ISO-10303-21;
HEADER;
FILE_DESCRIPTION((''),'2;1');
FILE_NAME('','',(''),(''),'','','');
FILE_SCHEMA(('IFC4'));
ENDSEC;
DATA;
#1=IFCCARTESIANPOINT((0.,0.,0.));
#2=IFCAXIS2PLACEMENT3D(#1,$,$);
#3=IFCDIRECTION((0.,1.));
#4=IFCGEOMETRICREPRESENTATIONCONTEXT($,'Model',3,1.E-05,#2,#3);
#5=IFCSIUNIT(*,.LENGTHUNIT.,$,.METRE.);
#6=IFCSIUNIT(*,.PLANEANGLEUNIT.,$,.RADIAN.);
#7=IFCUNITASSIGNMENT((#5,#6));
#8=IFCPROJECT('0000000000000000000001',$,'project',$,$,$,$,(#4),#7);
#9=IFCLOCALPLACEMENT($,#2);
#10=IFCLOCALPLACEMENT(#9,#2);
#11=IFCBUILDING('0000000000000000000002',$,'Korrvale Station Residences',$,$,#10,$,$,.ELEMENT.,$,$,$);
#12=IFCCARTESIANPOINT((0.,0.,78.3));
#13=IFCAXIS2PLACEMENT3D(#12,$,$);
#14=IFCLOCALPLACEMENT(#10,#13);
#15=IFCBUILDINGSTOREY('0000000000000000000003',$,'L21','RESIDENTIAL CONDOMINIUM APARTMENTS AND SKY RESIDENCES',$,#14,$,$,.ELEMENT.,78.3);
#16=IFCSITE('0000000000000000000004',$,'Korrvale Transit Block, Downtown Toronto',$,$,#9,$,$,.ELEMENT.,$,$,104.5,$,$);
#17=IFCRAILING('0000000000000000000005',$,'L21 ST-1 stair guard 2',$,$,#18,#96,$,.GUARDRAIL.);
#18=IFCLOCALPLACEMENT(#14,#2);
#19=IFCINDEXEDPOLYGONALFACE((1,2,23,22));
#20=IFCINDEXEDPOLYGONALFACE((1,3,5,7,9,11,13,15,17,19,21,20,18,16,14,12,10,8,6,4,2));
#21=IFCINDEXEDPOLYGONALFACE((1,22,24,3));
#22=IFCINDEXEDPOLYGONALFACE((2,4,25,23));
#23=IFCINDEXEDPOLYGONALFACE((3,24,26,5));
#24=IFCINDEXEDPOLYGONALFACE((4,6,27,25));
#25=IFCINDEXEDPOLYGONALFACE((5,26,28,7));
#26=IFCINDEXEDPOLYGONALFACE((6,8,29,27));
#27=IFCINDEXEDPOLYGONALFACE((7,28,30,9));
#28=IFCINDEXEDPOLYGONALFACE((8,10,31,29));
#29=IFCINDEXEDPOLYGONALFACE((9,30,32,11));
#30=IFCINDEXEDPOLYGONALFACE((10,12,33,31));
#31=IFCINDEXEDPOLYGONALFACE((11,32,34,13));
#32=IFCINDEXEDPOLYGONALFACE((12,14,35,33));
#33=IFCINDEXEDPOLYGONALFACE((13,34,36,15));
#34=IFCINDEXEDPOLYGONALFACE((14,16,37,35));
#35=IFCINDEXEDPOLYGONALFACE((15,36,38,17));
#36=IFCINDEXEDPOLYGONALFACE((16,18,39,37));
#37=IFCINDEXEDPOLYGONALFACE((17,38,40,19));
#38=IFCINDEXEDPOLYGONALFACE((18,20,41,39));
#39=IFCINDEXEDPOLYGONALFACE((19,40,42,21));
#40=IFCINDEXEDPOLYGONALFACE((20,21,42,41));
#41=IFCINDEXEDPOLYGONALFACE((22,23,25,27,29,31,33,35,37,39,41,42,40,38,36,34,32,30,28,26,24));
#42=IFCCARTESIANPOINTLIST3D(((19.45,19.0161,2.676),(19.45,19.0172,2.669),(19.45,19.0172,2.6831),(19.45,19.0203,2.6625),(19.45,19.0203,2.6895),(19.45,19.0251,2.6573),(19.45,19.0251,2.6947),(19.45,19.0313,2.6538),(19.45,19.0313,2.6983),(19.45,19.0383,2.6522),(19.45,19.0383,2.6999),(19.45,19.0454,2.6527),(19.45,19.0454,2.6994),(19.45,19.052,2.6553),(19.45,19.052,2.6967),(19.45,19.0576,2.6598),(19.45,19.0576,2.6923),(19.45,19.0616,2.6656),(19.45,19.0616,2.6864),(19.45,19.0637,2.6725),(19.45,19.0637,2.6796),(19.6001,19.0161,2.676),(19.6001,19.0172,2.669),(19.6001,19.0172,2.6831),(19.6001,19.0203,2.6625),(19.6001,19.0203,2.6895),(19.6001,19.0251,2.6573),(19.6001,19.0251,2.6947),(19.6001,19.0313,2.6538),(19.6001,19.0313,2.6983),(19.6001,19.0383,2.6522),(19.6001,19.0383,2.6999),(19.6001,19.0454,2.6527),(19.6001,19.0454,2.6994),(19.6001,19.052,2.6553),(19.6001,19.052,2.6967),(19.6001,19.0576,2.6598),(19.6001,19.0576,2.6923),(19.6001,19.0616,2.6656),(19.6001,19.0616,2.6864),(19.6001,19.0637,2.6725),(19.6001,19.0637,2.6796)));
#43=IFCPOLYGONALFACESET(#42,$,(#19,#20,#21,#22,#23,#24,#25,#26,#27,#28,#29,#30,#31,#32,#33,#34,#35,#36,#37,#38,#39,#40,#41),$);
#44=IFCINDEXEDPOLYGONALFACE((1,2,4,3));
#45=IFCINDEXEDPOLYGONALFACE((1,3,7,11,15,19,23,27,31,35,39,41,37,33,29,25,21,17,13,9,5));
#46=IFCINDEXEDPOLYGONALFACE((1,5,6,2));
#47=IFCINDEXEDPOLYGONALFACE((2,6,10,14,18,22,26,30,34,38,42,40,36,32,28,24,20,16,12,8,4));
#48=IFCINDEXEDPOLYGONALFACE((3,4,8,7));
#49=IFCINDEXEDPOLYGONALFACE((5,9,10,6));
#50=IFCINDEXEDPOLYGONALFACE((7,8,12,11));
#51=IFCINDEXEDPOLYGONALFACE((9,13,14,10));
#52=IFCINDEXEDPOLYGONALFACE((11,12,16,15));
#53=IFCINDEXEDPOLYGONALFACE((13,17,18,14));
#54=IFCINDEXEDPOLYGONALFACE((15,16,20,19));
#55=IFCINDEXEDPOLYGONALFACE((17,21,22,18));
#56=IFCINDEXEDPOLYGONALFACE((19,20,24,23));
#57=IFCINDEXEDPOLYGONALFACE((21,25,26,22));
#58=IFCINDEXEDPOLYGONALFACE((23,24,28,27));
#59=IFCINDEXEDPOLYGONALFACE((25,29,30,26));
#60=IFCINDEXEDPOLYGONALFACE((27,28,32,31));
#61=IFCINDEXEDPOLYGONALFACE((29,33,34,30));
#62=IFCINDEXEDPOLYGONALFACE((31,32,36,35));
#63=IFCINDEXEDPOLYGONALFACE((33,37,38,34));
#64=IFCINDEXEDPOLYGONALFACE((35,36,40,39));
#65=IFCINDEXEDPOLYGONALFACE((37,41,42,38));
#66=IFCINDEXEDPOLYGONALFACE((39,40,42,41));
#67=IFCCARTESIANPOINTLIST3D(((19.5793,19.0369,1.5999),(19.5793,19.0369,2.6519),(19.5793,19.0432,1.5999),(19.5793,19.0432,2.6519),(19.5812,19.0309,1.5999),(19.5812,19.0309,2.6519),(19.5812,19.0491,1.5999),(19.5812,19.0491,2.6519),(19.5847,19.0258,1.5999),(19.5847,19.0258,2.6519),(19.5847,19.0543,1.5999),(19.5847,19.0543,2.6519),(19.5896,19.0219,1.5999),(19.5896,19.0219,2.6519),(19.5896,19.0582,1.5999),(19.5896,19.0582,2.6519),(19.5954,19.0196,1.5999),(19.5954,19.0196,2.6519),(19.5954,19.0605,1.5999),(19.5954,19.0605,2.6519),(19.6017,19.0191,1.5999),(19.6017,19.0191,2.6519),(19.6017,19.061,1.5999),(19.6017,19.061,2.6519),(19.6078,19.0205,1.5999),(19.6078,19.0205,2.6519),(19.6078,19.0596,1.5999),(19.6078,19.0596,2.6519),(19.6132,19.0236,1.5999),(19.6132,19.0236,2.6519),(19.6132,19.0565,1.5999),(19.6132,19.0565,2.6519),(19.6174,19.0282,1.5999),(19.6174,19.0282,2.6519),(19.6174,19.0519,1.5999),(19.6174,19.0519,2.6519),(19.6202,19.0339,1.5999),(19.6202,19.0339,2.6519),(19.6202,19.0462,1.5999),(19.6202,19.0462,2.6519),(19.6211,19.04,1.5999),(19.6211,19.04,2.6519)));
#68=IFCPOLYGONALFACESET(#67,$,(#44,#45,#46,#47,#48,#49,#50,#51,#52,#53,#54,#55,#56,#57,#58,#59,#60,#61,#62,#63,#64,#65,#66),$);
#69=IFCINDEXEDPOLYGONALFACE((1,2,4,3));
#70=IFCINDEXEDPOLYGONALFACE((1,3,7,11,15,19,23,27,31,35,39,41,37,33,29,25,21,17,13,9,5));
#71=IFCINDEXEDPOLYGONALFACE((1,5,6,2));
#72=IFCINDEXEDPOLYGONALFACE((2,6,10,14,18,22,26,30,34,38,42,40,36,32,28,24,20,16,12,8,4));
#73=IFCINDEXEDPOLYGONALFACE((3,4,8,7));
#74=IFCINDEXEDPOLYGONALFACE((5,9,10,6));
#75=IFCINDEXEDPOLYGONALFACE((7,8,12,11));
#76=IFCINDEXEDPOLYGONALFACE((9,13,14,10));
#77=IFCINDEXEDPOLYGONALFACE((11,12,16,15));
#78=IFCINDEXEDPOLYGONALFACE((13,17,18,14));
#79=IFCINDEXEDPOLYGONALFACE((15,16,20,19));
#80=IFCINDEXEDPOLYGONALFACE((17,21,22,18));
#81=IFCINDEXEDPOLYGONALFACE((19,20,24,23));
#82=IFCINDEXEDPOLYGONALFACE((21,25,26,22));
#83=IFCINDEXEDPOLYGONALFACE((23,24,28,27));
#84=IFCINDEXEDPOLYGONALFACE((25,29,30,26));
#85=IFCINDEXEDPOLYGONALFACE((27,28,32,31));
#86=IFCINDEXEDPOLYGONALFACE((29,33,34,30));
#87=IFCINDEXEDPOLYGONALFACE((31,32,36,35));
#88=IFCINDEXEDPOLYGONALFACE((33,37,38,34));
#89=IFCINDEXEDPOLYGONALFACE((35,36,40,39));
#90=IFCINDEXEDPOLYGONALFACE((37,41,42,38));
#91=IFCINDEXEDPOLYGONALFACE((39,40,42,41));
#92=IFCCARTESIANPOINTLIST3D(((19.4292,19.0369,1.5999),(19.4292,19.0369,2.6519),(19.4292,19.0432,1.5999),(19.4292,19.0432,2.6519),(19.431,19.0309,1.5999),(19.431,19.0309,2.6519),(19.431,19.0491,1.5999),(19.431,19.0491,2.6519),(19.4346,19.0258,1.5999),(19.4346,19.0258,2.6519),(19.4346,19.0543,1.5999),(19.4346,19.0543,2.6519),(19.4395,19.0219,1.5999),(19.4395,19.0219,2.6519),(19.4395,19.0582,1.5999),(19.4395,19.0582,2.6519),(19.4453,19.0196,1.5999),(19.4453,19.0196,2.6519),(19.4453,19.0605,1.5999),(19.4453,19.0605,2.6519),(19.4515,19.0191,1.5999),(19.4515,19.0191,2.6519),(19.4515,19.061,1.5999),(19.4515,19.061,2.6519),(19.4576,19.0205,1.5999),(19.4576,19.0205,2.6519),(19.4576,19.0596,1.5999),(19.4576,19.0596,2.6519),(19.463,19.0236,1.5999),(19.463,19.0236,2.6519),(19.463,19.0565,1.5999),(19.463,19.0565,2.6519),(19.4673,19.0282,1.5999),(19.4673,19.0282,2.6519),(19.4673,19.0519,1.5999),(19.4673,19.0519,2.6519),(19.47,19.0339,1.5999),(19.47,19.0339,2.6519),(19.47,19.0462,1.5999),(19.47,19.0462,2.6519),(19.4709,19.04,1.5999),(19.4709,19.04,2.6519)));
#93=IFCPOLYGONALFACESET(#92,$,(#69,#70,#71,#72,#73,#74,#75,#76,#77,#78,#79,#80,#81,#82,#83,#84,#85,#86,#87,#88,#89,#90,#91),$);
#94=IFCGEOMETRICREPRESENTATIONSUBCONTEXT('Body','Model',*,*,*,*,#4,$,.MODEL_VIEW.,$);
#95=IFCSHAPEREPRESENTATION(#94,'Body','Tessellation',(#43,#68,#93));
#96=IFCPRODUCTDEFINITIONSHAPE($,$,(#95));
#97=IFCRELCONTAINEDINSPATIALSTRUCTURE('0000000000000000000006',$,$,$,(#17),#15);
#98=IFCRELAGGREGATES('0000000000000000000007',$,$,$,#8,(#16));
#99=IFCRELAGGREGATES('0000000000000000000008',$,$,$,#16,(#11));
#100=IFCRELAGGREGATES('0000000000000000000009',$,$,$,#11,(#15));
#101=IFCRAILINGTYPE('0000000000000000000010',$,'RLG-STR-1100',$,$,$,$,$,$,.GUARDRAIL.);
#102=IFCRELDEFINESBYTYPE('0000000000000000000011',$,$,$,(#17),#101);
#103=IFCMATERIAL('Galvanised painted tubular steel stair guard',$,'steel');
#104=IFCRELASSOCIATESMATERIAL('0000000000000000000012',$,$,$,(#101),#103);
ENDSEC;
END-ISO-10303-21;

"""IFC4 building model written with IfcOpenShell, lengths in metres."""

from ifc_helpers import new_model, si_unit, direction, frame, origin, origin_2d, place, context, subcontext, project, spatial, circle, extrude, material, type_object, element, save


model = new_model("IFC4")

# Units and contexts
model_context = context("Model", 3, precision=1e-05, world=origin(), true_north=direction((0.0, 1.0)))
body_context = subcontext(model_context, "Body", "Model", "MODEL_VIEW")
ifc_project = project(units=[si_unit("LENGTHUNIT", "METRE"), si_unit("PLANEANGLEUNIT", "RADIAN")], contexts=[model_context])

# Site, building, storey
site_placement = place(None, origin())
site = spatial("IfcSite", under=ifc_project, at=site_placement, Name="Korrvale Transit Block, Downtown Toronto", CompositionType="ELEMENT", RefElevation=104.5)
building_placement = place(site_placement, origin())
building = spatial("IfcBuilding", under=site, at=building_placement, Name="Korrvale Station Residences", CompositionType="ELEMENT")
storey_placement = place(building_placement, frame((0.0, 0.0, 78.3)))
storey = spatial("IfcBuildingStorey", under=building, at=storey_placement, Name="L21", Description="RESIDENTIAL CONDOMINIUM APARTMENTS AND SKY RESIDENCES", CompositionType="ELEMENT", Elevation=78.3)

# Railing
ifc_material_1 = material(Name="Galvanised painted tubular steel stair guard", Category="steel")
railing_type_1 = type_object("IfcRailingType", Name="RLG-STR-1100", PredefinedType="GUARDRAIL", material=ifc_material_1)
railing_1_placement = place(storey_placement, frame((19.6001, 19.04, 1.5999)))
element("IfcRailing", 1, at=railing_1_placement, inside=storey, type_object=railing_type_1, Name="L21 ST-1 stair guard 2", PredefinedType="GUARDRAIL", context=body_context, shape_type="SweptSolid", body=[
    extrude(circle(Radius=0.0239, at=origin_2d()), frame((0.0, 0.0, 1.0762), z_axis=(-1.0, 0.0, 0.0), x_axis=(0.0, -1.0, 0.0)), (0.0, 0.0, 1.0), 0.1501),
    extrude(circle(Radius=0.021, at=origin_2d()), origin(), (0.0, 0.0, 1.0), 1.052),
    extrude(circle(Radius=0.021, at=origin_2d()), frame((-0.1501, 0.0, 0.0)), (0.0, 0.0, 1.0), 1.052),
])

save(model, "model.ifc")
